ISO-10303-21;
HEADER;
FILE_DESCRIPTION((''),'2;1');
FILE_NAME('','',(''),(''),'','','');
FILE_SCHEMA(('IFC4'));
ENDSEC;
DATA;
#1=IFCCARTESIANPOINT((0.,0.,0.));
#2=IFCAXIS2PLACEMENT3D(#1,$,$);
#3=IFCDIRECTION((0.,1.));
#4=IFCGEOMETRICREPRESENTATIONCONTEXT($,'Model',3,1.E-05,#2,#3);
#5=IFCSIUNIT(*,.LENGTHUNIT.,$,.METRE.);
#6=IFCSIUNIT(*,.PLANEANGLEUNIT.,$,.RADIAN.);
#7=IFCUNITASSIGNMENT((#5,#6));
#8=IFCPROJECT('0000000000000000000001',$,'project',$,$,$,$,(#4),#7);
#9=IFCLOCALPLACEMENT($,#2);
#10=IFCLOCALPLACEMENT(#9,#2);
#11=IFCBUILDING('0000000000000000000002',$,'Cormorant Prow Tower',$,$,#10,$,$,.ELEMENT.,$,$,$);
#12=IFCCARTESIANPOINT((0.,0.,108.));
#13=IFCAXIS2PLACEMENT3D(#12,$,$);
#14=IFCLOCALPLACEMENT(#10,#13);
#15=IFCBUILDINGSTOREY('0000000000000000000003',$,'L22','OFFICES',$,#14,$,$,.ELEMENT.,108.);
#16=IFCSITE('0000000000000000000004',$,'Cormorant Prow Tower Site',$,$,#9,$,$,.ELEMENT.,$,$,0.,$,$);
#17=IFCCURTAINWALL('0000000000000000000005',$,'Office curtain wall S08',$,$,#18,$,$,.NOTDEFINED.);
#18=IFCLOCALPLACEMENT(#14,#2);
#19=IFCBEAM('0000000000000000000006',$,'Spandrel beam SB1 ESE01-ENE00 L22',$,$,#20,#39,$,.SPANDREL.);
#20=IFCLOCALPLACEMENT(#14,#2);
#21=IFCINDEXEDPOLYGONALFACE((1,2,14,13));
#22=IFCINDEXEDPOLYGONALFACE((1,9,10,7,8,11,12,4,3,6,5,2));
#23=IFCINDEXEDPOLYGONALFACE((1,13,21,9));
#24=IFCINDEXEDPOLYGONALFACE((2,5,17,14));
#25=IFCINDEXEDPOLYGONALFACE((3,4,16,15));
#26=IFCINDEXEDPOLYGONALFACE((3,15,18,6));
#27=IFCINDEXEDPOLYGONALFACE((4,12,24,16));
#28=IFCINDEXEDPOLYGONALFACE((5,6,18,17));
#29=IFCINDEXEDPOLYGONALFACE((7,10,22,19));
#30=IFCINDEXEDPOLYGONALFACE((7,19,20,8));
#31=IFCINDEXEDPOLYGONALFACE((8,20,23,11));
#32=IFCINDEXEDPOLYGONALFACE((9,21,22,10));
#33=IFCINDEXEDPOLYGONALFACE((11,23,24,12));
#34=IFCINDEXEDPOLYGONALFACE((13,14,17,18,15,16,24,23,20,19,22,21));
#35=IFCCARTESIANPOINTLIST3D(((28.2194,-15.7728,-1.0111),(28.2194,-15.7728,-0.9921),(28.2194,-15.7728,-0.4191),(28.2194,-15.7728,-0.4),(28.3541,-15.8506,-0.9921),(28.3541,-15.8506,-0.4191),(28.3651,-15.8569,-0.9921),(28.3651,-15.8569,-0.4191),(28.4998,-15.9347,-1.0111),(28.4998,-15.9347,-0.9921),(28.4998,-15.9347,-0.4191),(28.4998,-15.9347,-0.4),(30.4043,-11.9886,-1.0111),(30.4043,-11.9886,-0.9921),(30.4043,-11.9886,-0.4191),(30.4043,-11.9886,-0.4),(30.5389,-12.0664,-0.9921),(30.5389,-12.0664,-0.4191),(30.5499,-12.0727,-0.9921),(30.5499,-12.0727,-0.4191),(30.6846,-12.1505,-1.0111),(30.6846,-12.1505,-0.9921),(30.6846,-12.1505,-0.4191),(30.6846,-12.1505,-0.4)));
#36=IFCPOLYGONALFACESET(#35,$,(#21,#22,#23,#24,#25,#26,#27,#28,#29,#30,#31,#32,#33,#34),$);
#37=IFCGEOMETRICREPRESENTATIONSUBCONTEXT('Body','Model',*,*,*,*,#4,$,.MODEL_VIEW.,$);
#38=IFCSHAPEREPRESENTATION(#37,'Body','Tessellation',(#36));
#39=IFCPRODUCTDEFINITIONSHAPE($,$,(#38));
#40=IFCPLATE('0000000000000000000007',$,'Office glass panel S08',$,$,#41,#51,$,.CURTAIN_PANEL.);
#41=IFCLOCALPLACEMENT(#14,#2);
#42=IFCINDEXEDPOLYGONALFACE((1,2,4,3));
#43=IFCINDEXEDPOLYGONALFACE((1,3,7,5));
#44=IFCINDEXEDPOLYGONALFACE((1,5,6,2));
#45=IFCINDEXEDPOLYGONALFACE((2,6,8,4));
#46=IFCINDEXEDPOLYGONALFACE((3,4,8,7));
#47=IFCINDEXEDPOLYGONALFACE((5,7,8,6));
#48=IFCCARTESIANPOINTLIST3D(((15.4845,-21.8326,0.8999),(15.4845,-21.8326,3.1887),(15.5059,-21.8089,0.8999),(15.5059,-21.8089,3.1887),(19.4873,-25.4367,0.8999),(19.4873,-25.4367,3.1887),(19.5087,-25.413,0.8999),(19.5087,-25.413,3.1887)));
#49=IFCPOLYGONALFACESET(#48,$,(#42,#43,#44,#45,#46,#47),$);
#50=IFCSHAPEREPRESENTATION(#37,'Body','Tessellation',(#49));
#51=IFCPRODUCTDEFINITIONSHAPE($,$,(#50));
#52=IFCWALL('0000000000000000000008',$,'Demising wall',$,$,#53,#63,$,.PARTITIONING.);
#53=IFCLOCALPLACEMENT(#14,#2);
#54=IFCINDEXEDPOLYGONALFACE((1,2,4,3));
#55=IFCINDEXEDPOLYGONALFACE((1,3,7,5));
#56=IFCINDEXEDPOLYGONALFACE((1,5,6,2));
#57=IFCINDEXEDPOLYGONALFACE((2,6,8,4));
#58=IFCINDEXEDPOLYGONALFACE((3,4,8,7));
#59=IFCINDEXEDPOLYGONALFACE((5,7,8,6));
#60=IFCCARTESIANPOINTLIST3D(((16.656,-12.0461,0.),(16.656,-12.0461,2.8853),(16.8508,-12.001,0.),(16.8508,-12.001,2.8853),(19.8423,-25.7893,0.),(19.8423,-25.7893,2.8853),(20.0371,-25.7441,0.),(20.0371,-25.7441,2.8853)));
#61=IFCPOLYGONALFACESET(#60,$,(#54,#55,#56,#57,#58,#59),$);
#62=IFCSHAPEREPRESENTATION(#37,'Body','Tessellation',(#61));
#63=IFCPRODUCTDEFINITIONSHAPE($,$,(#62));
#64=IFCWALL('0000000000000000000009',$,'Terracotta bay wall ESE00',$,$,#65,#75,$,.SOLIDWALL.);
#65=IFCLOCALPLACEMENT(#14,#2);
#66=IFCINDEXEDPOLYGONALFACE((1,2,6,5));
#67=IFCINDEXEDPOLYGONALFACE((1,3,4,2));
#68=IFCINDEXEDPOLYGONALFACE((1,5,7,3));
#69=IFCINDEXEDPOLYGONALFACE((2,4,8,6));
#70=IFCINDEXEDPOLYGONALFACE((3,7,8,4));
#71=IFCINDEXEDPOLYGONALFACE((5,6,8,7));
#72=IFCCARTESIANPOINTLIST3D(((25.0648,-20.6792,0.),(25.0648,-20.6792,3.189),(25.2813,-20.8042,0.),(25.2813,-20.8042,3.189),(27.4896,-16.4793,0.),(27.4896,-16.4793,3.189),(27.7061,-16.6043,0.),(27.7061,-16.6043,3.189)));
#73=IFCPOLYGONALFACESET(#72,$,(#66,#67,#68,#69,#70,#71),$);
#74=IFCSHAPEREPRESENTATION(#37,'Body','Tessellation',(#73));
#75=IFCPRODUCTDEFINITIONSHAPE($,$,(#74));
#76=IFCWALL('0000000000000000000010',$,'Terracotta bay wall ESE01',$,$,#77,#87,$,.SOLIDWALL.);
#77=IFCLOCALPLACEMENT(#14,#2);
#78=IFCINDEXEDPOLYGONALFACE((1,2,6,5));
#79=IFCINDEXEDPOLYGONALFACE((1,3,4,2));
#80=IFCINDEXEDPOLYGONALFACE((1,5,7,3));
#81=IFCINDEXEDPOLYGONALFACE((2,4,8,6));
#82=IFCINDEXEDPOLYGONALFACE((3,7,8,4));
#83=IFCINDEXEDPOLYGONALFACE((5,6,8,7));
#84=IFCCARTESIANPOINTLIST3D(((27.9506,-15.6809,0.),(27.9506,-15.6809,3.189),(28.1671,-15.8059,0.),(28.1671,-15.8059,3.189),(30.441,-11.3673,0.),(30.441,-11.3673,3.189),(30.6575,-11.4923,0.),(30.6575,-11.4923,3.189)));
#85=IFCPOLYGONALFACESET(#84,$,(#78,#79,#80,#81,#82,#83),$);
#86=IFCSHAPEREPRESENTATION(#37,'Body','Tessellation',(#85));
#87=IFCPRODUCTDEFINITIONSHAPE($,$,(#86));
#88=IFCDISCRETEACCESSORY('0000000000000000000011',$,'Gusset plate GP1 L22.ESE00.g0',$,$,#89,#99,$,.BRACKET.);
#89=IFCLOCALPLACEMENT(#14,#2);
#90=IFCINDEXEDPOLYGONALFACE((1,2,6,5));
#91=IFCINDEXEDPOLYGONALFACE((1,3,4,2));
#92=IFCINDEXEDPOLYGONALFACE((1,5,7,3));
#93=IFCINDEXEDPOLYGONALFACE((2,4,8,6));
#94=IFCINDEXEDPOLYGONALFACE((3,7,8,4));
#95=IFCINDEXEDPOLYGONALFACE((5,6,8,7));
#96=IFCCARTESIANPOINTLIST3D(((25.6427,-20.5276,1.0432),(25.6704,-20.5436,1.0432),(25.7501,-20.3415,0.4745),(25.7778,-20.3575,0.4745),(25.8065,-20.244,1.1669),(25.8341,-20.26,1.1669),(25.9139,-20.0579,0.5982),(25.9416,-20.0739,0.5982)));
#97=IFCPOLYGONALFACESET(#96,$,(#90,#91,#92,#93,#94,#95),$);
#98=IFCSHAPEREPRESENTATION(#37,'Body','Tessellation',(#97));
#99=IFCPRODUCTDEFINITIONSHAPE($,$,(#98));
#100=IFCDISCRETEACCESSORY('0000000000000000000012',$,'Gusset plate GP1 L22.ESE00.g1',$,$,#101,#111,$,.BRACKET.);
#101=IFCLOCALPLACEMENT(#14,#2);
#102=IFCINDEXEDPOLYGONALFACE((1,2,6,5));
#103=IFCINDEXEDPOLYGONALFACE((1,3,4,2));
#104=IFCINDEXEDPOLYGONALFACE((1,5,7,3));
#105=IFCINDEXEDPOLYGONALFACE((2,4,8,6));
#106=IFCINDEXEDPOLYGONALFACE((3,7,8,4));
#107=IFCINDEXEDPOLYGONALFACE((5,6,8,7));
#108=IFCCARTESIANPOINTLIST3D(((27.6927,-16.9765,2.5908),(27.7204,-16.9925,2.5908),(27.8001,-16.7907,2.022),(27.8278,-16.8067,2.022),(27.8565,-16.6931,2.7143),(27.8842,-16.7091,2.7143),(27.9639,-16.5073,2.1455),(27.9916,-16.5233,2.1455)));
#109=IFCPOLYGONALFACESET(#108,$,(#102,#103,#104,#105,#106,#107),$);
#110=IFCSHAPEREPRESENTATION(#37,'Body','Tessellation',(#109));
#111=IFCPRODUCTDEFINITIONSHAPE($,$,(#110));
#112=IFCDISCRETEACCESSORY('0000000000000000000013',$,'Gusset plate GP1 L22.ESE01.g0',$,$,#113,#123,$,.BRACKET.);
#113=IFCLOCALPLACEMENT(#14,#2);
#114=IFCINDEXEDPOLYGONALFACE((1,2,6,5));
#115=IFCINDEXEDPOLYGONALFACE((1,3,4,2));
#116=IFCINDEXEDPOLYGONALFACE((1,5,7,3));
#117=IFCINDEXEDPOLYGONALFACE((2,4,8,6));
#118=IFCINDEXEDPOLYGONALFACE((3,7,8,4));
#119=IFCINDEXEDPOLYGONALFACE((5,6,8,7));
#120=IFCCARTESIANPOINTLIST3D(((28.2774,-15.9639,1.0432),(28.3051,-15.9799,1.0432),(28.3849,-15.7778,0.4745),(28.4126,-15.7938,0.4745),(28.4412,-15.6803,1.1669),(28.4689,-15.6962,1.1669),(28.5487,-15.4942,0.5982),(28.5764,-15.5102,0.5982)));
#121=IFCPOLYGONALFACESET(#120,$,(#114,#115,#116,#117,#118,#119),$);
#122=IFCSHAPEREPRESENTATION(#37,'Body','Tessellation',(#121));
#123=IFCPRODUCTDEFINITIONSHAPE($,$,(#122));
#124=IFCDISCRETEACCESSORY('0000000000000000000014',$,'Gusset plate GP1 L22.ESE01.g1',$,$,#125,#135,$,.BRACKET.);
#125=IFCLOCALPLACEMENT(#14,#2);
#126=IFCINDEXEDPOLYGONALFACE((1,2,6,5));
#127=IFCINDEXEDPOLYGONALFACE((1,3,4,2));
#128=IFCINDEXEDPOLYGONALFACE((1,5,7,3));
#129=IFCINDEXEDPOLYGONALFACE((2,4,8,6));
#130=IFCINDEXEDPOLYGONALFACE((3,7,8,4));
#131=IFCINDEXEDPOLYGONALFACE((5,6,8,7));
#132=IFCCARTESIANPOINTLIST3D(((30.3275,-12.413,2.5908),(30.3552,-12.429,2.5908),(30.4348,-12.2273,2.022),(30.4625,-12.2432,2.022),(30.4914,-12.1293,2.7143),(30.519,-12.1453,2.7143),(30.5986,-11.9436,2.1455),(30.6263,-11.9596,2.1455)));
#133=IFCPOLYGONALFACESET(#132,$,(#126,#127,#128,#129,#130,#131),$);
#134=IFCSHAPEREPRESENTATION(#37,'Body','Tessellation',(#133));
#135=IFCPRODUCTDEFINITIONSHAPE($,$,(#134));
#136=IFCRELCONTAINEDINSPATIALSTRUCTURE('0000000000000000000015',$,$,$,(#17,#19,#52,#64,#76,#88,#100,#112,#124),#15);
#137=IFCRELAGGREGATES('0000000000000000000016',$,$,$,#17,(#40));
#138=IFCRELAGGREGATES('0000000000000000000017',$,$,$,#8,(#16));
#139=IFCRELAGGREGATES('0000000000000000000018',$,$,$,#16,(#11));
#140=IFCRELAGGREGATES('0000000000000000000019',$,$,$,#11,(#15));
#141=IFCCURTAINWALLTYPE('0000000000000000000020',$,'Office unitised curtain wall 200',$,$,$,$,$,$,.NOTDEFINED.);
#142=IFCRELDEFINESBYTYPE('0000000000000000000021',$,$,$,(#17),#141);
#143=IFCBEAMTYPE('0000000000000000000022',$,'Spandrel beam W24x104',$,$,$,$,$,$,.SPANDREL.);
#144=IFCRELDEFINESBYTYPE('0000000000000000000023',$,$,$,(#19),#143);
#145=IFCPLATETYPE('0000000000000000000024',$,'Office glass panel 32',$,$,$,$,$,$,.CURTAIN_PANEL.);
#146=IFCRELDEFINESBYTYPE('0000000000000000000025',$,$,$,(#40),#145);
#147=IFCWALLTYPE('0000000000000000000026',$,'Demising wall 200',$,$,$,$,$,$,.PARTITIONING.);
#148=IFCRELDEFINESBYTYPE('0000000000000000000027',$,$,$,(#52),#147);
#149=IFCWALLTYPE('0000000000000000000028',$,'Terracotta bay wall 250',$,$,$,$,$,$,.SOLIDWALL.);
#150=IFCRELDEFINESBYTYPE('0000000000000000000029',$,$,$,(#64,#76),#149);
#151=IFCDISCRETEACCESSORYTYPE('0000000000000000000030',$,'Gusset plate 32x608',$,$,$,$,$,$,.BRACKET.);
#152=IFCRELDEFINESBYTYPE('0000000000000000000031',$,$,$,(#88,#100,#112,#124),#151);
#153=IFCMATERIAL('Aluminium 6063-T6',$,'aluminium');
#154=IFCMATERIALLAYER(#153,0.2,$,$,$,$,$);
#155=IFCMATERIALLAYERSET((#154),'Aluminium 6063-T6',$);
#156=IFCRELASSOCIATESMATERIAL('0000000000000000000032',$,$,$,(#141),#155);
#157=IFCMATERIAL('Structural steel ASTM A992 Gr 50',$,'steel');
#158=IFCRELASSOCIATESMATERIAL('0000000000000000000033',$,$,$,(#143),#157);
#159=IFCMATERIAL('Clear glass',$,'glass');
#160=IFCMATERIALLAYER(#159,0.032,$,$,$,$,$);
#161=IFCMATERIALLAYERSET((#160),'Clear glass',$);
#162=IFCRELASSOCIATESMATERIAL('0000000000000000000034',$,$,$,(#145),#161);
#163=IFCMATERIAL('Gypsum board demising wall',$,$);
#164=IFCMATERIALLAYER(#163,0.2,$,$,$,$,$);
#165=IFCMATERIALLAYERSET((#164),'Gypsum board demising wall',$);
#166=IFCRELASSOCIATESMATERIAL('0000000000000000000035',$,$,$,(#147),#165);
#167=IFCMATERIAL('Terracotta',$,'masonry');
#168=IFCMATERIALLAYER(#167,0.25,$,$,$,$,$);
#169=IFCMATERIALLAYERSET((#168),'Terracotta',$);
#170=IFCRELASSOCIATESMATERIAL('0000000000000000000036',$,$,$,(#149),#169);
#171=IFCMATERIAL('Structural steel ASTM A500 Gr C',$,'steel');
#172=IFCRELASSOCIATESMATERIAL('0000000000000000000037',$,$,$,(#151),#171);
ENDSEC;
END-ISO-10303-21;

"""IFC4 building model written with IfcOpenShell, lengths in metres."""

from ifc_helpers import new_model, si_unit, direction, frame, frame_2d, origin, origin_2d, place, context, subcontext, project, spatial, rectangle, i_section, extrude, material, layer, layer_set, material_profile, profile_set, type_object, element, aggregate, save


model = new_model("IFC4")

# Units and contexts
model_context = context("Model", 3, precision=1e-05, world=origin(), true_north=direction((0.0, 1.0)))
body_context = subcontext(model_context, "Body", "Model", "MODEL_VIEW")
ifc_project = project(units=[si_unit("LENGTHUNIT", "METRE"), si_unit("PLANEANGLEUNIT", "RADIAN")], contexts=[model_context])

# Site, building, storey
site_placement = place(None, origin())
site = spatial("IfcSite", under=ifc_project, at=site_placement, Name="Cormorant Prow Tower Site", CompositionType="ELEMENT", RefElevation=0.0)
building_placement = place(site_placement, origin())
building = spatial("IfcBuilding", under=site, at=building_placement, Name="Cormorant Prow Tower", CompositionType="ELEMENT")
storey_placement = place(building_placement, frame((0.0, 0.0, 108.0)))
storey = spatial("IfcBuildingStorey", under=building, at=storey_placement, Name="L22", Description="OFFICES", CompositionType="ELEMENT", Elevation=108.0)

# Curtain wall
ifc_material_1 = material(Name="Aluminium 6063-T6", Category="aluminium")
ifc_layer_1 = layer(ifc_material_1, 0.2)
ifc_layer_set_1 = layer_set([ifc_layer_1], Name="Aluminium 6063-T6")
curtain_wall_type = type_object("IfcCurtainWallType", Name="Office unitised curtain wall 200", PredefinedType="NOTDEFINED", material=ifc_layer_set_1)
curtain_wall_placement = place(storey_placement, origin())
curtain_wall = element("IfcCurtainWall", 1, at=curtain_wall_placement, inside=storey, type_object=curtain_wall_type, Name="Office curtain wall S08", PredefinedType="NOTDEFINED")

# Beam
ifc_material_2 = material(Name="Structural steel ASTM A992 Gr 50", Category="steel")
ifc_material_profile_1 = material_profile(ifc_material_2, i_section(OverallWidth=0.3237, OverallDepth=0.6111, WebThickness=0.0127, FlangeThickness=0.019, at=origin_2d()), Name="W24x104")
ifc_profile_set_1 = profile_set([ifc_material_profile_1], Name="Structural steel ASTM A992 Gr 50")
beam_type_1 = type_object("IfcBeamType", Name="Spandrel beam W24x104", PredefinedType="SPANDREL", material=ifc_profile_set_1)
for number, where, z_axis, x_axis, name in (
    (2, (28.3596, -15.8538, -0.7056), (0.500003, 0.866024, 0.0), (-0.866024, 0.500003, 0.0), "Spandrel beam SB1 ESE01-ENE00 L22"),
):
    element("IfcBeam", number, at=place(storey_placement, frame(where, z_axis=z_axis, x_axis=x_axis)), inside=storey, type_object=beam_type_1, Name=name, PredefinedType="SPANDREL", context=body_context, shape_type="SweptSolid", body=[
        extrude(i_section(OverallWidth=0.3237, OverallDepth=0.6111, WebThickness=0.0127, FlangeThickness=0.019, at=origin_2d()), origin(), (0.0, 0.0, 1.0), 4.3696),
    ])

# Plate
ifc_material_3 = material(Name="Clear glass", Category="glass")
ifc_layer_2 = layer(ifc_material_3, 0.032)
ifc_layer_set_2 = layer_set([ifc_layer_2], Name="Clear glass")
plate_type = type_object("IfcPlateType", Name="Office glass panel 32", PredefinedType="CURTAIN_PANEL", material=ifc_layer_set_2)
plate_placement = place(storey_placement, frame((17.4966, -23.6228, 0.8999), z_axis=(0.0, 0.0, 1.0), x_axis=(0.743145, -0.669131, 0.0)))
plate = element("IfcPlate", 3, at=plate_placement, type_object=plate_type, Name="Office glass panel S08", PredefinedType="CURTAIN_PANEL", context=body_context, shape_type="SweptSolid", body=[
    extrude(rectangle(XDim=5.3862, YDim=0.032, at=origin_2d()), origin(), (0.0, 0.0, 1.0), 2.2888),
])
aggregate(curtain_wall, [plate])

# Walls
ifc_material_4 = material(Name="Gypsum board demising wall")
ifc_layer_3 = layer(ifc_material_4, 0.2)
ifc_layer_set_3 = layer_set([ifc_layer_3], Name="Gypsum board demising wall")
wall_type_1 = type_object("IfcWallType", Name="Demising wall 200", PredefinedType="PARTITIONING", material=ifc_layer_set_3)
wall_1_placement = place(storey_placement, frame((16.7534, -12.0237, 0.0), z_axis=(0.0, 0.0, 1.0), x_axis=(0.225854, -0.974161, 0.0)))
element("IfcWall", 4, at=wall_1_placement, inside=storey, type_object=wall_type_1, Name="Demising wall", PredefinedType="PARTITIONING", context=body_context, shape_type="SweptSolid", body=[
    extrude(rectangle(XDim=14.1077, YDim=0.2, at=frame_2d((7.0537, 0.0))), origin(), (0.0, 0.0, 1.0), 2.8853),
])
ifc_material_5 = material(Name="Terracotta", Category="masonry")
ifc_layer_4 = layer(ifc_material_5, 0.25)
ifc_layer_set_4 = layer_set([ifc_layer_4], Name="Terracotta")
wall_type_2 = type_object("IfcWallType", Name="Terracotta bay wall 250", PredefinedType="SOLIDWALL", material=ifc_layer_set_4)
wall_2_placement = place(storey_placement, frame((25.1731, -20.7417, 0.0), z_axis=(0.0, 0.0, 1.0), x_axis=(0.499994, 0.866029, 0.0)))
element("IfcWall", 5, at=wall_2_placement, inside=storey, type_object=wall_type_2, Name="Terracotta bay wall ESE00", PredefinedType="SOLIDWALL", context=body_context, shape_type="SweptSolid", body=[
    extrude(rectangle(XDim=4.8496, YDim=0.25, at=frame_2d((2.4248, 0.0))), origin(), (0.0, 0.0, 1.0), 3.189),
])
wall_3_placement = place(storey_placement, frame((28.0588, -15.7434, 0.0), z_axis=(0.0, 0.0, 1.0), x_axis=(0.499993, 0.86603, 0.0)))
element("IfcWall", 6, at=wall_3_placement, inside=storey, type_object=wall_type_2, Name="Terracotta bay wall ESE01", PredefinedType="SOLIDWALL", context=body_context, shape_type="SweptSolid", body=[
    extrude(rectangle(XDim=4.981, YDim=0.25, at=frame_2d((2.4905, 0.0))), origin(), (0.0, 0.0, 1.0), 3.189),
])

# Discrete accessories
ifc_material_6 = material(Name="Structural steel ASTM A500 Gr C", Category="steel")
ifc_material_profile_2 = material_profile(ifc_material_6, rectangle(XDim=0.032, YDim=0.6079, at=origin_2d()), Name="Gusset plate 32x608")
ifc_profile_set_2 = profile_set([ifc_material_profile_2], Name="Structural steel ASTM A500 Gr C")
discrete_accessory_type = type_object("IfcDiscreteAccessoryType", Name="Gusset plate 32x608", PredefinedType="BRACKET", material=ifc_profile_set_2)
discrete_accessory_1_placement = place(storey_placement, frame((25.874, -20.1589, 0.8826), z_axis=(-0.467788, -0.810089, -0.353455), x_axis=(0.865987, -0.500067, 0.0)))
element("IfcDiscreteAccessory", 7, at=discrete_accessory_1_placement, inside=storey, type_object=discrete_accessory_type, Name="Gusset plate GP1 L22.ESE00.g0", PredefinedType="BRACKET", context=body_context, shape_type="SweptSolid", body=[
    extrude(rectangle(XDim=0.032, YDim=0.6079, at=origin_2d()), origin(), (0.0, 0.0, 1.0), 0.3501),
])
discrete_accessory_2_placement = place(storey_placement, frame((27.7603, -16.8916, 2.3064), z_axis=(0.468168, 0.810049, 0.353044), x_axis=(-0.8658, 0.500389, 0.0)))
element("IfcDiscreteAccessory", 8, at=discrete_accessory_2_placement, inside=storey, type_object=discrete_accessory_type, Name="Gusset plate GP1 L22.ESE00.g1", PredefinedType="BRACKET", context=body_context, shape_type="SweptSolid", body=[
    extrude(rectangle(XDim=0.032, YDim=0.6079, at=origin_2d()), origin(), (0.0, 0.0, 1.0), 0.3499),
])
for number, where, z_axis, x_axis, name in (
    (9, (28.5088, -15.5952, 0.8826), (-0.467788, -0.810089, -0.353455), (0.865987, -0.500067, 0.0), "Gusset plate GP1 L22.ESE01.g0"),
    (10, (30.395, -12.3281, 2.3064), (0.467903, 0.810288, 0.352845), (-0.865987, 0.500067, 0.0), "Gusset plate GP1 L22.ESE01.g1"),
):
    element("IfcDiscreteAccessory", number, at=place(storey_placement, frame(where, z_axis=z_axis, x_axis=x_axis)), inside=storey, type_object=discrete_accessory_type, Name=name, PredefinedType="BRACKET", context=body_context, shape_type="SweptSolid", body=[
        extrude(rectangle(XDim=0.032, YDim=0.6079, at=origin_2d()), origin(), (0.0, 0.0, 1.0), 0.3501),
    ])

save(model, "model.ifc")
